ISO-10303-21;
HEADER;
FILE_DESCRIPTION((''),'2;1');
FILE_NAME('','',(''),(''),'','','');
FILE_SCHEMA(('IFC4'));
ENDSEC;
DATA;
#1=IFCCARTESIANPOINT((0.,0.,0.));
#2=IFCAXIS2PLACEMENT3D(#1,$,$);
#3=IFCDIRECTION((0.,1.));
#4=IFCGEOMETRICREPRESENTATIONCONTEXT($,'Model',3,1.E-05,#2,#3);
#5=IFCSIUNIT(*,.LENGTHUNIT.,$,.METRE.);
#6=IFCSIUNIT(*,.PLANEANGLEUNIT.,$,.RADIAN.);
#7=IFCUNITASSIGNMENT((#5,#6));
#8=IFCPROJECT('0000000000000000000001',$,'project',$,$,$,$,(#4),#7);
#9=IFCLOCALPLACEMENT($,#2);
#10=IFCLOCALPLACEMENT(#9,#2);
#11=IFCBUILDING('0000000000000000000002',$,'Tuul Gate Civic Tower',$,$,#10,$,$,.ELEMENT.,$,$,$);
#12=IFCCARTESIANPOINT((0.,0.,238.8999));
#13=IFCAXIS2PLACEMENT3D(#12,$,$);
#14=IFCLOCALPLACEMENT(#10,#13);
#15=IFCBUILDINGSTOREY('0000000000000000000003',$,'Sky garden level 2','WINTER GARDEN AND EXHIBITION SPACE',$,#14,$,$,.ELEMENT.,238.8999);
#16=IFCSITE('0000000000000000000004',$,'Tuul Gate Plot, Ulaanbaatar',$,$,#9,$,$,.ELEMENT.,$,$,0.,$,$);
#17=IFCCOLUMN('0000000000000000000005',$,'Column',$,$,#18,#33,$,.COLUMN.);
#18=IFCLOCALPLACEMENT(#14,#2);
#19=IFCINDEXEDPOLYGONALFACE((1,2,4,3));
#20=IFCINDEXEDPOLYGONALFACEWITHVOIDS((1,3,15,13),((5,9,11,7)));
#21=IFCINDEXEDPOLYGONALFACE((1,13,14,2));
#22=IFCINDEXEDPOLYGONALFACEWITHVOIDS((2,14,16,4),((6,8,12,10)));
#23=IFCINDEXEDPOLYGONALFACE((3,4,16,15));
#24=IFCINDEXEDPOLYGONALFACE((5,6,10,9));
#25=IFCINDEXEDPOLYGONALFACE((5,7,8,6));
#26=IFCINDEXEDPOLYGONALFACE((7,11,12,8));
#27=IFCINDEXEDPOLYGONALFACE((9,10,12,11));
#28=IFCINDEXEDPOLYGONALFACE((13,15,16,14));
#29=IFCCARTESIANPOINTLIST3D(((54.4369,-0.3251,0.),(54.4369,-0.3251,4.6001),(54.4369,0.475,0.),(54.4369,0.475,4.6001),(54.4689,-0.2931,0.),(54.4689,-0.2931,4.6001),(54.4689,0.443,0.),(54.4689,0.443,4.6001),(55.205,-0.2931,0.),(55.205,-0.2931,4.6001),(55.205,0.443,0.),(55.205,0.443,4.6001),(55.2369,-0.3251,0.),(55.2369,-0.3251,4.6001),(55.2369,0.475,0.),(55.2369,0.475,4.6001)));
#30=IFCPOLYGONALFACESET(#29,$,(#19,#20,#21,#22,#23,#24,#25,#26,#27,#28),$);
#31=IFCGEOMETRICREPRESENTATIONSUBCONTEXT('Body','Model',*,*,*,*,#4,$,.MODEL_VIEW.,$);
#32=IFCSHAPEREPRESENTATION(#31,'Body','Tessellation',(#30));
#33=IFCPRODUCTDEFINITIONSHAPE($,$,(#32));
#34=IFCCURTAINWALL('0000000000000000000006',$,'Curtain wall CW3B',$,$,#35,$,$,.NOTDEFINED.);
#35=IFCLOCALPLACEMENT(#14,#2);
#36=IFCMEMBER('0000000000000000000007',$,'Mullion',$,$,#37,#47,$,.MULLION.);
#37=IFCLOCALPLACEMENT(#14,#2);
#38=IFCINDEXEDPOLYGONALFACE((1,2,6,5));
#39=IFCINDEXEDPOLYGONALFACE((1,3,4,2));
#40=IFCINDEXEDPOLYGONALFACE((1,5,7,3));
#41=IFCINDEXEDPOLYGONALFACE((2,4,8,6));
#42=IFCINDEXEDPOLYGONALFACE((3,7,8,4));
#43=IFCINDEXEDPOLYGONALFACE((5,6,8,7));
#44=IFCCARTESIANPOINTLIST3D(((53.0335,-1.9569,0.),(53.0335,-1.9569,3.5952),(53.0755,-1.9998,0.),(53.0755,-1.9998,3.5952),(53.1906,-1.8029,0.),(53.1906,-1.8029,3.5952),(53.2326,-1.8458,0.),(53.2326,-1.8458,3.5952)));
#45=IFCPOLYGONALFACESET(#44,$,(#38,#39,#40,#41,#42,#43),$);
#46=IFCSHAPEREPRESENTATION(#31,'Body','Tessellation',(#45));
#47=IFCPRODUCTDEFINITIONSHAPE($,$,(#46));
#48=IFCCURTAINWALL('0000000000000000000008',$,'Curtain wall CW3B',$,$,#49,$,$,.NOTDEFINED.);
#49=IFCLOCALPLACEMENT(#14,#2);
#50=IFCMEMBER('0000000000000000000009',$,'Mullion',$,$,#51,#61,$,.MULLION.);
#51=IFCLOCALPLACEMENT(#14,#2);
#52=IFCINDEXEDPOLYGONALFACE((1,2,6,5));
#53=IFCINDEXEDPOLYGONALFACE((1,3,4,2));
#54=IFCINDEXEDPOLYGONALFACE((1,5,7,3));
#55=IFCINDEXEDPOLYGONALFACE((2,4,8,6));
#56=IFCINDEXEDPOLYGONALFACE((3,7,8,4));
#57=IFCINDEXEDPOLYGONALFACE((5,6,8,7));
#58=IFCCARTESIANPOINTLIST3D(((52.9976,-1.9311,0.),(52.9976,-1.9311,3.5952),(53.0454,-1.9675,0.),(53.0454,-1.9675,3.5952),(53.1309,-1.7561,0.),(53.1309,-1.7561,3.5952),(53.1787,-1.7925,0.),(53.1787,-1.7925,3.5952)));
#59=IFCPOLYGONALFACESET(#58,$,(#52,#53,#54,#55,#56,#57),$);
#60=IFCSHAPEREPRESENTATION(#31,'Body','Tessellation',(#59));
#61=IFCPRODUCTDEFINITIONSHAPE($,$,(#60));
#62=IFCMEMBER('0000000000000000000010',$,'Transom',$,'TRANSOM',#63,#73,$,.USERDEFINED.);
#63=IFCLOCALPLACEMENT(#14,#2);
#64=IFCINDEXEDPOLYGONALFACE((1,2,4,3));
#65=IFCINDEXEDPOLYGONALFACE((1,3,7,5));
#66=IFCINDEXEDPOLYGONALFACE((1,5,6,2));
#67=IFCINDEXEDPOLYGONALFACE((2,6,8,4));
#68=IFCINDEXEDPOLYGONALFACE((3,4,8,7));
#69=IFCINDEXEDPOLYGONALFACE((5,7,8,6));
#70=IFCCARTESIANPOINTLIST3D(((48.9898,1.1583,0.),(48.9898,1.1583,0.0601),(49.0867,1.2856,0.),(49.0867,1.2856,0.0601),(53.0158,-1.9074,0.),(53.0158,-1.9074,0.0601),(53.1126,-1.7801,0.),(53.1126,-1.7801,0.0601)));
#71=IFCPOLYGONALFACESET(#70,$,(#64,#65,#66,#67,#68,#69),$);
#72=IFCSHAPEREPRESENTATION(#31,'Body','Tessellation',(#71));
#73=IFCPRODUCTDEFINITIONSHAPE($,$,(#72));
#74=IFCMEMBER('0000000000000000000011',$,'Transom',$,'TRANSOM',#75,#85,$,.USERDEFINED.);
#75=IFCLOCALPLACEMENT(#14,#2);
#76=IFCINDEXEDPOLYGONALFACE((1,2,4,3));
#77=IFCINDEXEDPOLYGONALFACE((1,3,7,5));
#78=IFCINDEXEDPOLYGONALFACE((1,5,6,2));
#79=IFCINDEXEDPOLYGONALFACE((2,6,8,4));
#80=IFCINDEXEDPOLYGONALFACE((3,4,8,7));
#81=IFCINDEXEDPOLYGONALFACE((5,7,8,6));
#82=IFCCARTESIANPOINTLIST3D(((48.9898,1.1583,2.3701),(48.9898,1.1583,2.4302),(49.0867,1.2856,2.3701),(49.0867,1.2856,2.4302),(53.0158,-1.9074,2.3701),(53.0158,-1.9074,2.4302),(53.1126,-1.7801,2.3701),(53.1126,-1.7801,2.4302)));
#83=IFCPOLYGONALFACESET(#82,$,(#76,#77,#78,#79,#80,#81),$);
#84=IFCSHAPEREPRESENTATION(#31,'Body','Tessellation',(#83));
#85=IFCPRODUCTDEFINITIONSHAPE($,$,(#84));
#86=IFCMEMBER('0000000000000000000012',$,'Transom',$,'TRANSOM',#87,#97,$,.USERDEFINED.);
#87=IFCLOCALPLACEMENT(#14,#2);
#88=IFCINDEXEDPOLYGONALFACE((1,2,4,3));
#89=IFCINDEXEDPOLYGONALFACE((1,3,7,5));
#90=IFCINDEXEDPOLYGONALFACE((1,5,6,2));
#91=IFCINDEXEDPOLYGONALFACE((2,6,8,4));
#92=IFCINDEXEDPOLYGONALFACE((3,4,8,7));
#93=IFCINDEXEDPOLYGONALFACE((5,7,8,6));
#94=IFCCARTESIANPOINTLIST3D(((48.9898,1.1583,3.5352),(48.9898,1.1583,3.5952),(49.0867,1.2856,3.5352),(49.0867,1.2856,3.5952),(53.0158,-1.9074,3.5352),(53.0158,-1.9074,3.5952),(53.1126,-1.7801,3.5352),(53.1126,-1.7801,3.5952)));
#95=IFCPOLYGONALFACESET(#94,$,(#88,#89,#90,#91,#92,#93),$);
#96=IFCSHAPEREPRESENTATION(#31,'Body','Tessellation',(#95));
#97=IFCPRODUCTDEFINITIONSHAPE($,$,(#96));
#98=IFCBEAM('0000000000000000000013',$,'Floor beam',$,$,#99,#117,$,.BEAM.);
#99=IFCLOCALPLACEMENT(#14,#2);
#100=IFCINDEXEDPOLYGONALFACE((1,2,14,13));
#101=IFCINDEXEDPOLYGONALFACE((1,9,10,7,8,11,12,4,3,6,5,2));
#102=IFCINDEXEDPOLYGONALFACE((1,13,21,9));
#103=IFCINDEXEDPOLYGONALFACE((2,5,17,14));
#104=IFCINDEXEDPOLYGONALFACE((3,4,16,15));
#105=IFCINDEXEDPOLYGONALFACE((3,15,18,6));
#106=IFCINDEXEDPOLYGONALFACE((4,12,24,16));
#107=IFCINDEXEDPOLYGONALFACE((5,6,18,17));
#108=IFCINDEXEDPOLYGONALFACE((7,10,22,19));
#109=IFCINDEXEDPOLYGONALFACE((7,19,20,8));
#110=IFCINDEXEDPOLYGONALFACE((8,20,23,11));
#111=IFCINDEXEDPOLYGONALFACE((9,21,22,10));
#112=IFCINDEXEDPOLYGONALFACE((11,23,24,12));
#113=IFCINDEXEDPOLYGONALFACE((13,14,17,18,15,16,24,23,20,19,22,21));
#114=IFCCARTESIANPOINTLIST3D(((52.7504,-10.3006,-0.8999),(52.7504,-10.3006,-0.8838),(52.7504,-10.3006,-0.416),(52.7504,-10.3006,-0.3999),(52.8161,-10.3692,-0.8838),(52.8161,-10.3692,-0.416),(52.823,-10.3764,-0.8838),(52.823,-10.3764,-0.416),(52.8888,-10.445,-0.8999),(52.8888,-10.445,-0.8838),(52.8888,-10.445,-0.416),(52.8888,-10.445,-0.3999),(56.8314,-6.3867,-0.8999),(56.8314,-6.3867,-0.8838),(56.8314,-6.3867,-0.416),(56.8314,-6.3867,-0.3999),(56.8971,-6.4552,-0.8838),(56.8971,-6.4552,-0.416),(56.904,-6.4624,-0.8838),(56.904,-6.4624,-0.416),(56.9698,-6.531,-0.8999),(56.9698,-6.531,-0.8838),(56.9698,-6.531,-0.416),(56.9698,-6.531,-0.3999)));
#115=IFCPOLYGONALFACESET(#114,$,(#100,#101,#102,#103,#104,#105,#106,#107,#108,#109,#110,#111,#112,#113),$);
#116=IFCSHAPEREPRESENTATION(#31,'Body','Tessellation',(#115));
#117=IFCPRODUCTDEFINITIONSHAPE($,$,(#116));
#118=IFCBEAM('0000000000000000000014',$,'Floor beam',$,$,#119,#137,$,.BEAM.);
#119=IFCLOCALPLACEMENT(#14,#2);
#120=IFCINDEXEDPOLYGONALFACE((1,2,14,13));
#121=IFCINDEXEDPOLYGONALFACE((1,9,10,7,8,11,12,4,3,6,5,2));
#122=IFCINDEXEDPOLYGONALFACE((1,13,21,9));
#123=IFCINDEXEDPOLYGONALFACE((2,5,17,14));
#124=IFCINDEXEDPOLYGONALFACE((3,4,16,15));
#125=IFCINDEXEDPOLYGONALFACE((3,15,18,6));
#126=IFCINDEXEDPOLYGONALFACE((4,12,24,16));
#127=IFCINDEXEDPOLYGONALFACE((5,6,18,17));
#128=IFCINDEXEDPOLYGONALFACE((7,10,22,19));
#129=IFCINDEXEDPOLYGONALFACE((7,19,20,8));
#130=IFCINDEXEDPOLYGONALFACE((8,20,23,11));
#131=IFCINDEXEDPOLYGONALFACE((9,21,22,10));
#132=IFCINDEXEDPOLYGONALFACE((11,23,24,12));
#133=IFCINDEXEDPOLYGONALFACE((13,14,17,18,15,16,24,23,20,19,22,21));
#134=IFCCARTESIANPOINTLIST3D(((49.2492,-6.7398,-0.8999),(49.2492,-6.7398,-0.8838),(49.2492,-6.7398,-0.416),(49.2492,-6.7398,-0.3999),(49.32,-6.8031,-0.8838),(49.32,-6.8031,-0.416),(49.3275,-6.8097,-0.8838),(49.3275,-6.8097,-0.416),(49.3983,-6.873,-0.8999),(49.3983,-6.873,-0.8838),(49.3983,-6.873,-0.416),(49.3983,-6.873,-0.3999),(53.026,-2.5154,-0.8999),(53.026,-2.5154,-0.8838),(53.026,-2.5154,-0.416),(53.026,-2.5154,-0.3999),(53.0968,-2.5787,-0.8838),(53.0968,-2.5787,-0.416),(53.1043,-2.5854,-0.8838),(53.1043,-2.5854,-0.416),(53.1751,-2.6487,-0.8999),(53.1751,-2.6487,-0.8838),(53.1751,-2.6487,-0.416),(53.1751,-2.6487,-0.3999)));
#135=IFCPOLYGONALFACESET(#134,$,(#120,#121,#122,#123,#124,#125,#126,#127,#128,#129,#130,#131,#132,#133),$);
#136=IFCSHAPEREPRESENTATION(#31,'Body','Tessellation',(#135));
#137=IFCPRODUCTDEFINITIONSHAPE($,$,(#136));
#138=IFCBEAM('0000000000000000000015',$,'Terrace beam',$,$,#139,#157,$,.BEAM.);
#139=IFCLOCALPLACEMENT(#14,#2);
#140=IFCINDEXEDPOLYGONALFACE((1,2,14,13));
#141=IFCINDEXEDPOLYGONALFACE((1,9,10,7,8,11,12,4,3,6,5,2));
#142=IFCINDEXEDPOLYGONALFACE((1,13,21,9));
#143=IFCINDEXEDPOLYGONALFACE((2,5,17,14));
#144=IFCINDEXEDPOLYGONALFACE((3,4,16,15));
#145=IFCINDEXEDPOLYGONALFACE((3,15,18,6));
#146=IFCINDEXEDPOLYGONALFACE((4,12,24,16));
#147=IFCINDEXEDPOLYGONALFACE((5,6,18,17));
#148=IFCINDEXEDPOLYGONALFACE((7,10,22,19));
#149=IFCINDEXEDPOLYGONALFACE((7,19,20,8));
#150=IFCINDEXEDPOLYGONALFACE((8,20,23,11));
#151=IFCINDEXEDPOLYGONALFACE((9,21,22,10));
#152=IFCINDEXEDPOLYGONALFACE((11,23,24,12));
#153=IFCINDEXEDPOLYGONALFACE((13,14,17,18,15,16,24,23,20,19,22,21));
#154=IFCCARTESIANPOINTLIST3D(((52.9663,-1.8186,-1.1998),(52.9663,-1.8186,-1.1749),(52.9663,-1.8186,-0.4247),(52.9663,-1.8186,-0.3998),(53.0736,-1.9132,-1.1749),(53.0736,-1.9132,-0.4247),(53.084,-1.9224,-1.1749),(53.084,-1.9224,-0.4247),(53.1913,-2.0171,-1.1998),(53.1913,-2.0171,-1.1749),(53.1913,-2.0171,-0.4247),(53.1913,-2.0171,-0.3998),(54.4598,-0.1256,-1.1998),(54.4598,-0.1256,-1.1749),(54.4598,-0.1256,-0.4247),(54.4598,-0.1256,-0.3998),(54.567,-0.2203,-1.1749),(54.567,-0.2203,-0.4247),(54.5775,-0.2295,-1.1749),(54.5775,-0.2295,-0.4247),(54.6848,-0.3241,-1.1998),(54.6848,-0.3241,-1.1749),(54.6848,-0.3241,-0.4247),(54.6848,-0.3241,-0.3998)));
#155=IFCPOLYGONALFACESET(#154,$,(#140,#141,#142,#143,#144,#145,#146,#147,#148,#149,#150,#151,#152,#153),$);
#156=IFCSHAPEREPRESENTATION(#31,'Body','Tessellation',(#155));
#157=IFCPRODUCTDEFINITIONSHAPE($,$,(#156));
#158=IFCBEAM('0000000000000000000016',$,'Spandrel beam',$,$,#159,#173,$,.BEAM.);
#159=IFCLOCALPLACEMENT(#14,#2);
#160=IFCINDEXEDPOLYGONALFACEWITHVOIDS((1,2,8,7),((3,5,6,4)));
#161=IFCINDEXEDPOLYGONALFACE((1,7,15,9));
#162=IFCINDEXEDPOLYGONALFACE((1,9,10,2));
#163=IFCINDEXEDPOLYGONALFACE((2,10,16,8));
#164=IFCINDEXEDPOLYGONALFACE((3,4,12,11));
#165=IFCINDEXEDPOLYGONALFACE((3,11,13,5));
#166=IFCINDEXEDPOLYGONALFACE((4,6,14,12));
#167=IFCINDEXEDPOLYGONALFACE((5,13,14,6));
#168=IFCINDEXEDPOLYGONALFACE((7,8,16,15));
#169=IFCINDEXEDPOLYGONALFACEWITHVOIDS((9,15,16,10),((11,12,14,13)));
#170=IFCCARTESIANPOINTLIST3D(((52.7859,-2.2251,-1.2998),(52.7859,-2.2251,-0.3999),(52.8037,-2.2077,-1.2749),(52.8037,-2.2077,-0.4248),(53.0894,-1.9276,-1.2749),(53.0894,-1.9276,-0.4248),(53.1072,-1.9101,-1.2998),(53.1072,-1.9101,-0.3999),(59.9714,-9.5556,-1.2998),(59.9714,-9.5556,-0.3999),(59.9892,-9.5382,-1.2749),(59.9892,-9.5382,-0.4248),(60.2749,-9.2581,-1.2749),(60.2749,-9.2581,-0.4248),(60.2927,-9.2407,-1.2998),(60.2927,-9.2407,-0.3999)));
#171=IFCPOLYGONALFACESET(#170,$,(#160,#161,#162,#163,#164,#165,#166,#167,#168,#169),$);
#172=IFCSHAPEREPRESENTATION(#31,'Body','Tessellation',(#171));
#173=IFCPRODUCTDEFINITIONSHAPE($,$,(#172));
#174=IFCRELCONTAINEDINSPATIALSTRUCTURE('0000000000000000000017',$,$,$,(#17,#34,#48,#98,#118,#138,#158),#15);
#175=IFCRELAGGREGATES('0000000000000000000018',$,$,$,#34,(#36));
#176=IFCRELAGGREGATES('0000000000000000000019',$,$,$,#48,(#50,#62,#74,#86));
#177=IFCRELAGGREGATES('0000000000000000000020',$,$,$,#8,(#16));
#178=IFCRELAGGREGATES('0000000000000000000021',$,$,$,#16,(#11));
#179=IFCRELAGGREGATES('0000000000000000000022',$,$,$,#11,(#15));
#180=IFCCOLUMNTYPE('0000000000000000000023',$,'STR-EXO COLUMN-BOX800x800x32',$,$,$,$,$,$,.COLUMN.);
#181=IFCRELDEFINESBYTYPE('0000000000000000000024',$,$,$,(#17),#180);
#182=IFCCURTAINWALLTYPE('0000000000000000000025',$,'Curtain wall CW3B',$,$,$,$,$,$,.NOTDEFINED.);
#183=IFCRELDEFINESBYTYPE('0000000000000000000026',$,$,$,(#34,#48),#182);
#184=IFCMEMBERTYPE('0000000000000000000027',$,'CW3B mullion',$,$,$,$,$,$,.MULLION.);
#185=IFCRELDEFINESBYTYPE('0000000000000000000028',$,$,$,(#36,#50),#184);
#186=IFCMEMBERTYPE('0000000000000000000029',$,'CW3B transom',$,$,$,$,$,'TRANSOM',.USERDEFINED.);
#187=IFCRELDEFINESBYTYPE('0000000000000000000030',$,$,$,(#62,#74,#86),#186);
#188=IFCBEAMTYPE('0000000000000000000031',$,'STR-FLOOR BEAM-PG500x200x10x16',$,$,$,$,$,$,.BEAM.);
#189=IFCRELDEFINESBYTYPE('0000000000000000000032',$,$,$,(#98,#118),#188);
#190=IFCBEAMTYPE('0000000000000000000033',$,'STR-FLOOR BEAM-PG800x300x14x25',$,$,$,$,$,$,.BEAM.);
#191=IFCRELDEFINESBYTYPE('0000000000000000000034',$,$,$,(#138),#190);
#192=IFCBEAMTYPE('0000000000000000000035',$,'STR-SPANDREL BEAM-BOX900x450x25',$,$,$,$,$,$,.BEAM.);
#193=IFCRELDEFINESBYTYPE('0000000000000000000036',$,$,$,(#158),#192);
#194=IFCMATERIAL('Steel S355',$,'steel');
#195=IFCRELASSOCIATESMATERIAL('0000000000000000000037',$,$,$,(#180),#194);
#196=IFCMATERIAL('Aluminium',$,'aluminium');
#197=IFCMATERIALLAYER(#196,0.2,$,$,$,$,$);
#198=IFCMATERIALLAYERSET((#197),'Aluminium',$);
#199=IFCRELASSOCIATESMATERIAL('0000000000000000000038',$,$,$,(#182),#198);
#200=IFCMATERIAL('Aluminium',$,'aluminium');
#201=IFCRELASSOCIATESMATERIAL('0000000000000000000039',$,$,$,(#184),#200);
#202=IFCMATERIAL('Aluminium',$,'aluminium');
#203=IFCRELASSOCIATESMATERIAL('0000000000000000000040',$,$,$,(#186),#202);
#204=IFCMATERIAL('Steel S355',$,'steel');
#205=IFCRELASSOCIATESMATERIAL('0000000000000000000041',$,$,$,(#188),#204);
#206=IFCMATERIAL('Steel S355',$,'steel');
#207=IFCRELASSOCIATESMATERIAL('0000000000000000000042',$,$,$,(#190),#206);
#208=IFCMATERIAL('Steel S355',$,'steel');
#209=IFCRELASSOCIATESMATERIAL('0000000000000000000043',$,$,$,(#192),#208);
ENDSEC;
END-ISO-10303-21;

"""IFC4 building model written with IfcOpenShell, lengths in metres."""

from ifc_helpers import new_model, si_unit, direction, frame, origin, origin_2d, place, context, subcontext, project, spatial, rectangle, hollow_rectangle, i_section, extrude, material, layer, layer_set, material_profile, profile_set, type_object, element, aggregate, save


model = new_model("IFC4")

# Units and contexts
model_context = context("Model", 3, precision=1e-05, world=origin(), true_north=direction((0.0, 1.0)))
body_context = subcontext(model_context, "Body", "Model", "MODEL_VIEW")
ifc_project = project(units=[si_unit("LENGTHUNIT", "METRE"), si_unit("PLANEANGLEUNIT", "RADIAN")], contexts=[model_context])

# Site, building, storey
site_placement = place(None, origin())
site = spatial("IfcSite", under=ifc_project, at=site_placement, Name="Tuul Gate Plot, Ulaanbaatar", CompositionType="ELEMENT", RefElevation=0.0)
building_placement = place(site_placement, origin())
building = spatial("IfcBuilding", under=site, at=building_placement, Name="Tuul Gate Civic Tower", CompositionType="ELEMENT")
storey_placement = place(building_placement, frame((0.0, 0.0, 238.8999)))
storey = spatial("IfcBuildingStorey", under=building, at=storey_placement, Name="Sky garden level 2", Description="WINTER GARDEN AND EXHIBITION SPACE", CompositionType="ELEMENT", Elevation=238.8999)

# Column
ifc_material_1 = material(Name="Steel S355", Category="steel")
ifc_material_profile_1 = material_profile(ifc_material_1, hollow_rectangle(XDim=0.8, YDim=0.8, WallThickness=0.032, at=origin_2d()), Name="BOX800x800x32")
ifc_profile_set_1 = profile_set([ifc_material_profile_1], Name="Steel S355")
column_type = type_object("IfcColumnType", Name="STR-EXO COLUMN-BOX800x800x32", PredefinedType="COLUMN", material=ifc_profile_set_1)
column_placement = place(storey_placement, frame((54.8369, 0.075, 0.0), z_axis=(0.0, 0.0, 1.0), x_axis=(1.0, 0.0, 0.0)))
element("IfcColumn", 1, at=column_placement, inside=storey, type_object=column_type, Name="Column", PredefinedType="COLUMN", context=body_context, shape_type="SweptSolid", body=[
    extrude(hollow_rectangle(XDim=0.8, YDim=0.8, WallThickness=0.032, at=origin_2d()), origin(), (0.0, 0.0, 1.0), 4.6001),
])

# Curtain wall, member
ifc_material_2 = material(Name="Aluminium", Category="aluminium")
ifc_layer_1 = layer(ifc_material_2, 0.2)
ifc_layer_set_1 = layer_set([ifc_layer_1], Name="Aluminium")
curtain_wall_type = type_object("IfcCurtainWallType", Name="Curtain wall CW3B", PredefinedType="NOTDEFINED", material=ifc_layer_set_1)
curtain_wall_1_placement = place(storey_placement, origin())
curtain_wall_1 = element("IfcCurtainWall", 2, at=curtain_wall_1_placement, inside=storey, type_object=curtain_wall_type, Name="Curtain wall CW3B", PredefinedType="NOTDEFINED")
ifc_material_3 = material(Name="Aluminium", Category="aluminium")
ifc_material_profile_2 = material_profile(ifc_material_3, rectangle(XDim=0.22, YDim=0.0601, at=origin_2d()), Name="CW3B mullion")
ifc_profile_set_2 = profile_set([ifc_material_profile_2], Name="Aluminium")
member_type_1 = type_object("IfcMemberType", Name="CW3B mullion", PredefinedType="MULLION", material=ifc_profile_set_2)
member_1_placement = place(storey_placement, frame((53.1331, -1.9014, 0.0), z_axis=(0.0, 0.0, 1.0), x_axis=(-0.71411, -0.700034, 0.0)))
member_1 = element("IfcMember", 3, at=member_1_placement, type_object=member_type_1, Name="Mullion", PredefinedType="MULLION", context=body_context, shape_type="SweptSolid", body=[
    extrude(rectangle(XDim=0.22, YDim=0.0601, at=origin_2d()), origin(), (0.0, 0.0, 1.0), 3.5952),
])
aggregate(curtain_wall_1, [member_1])

# Curtain wall, members
curtain_wall_2_placement = place(storey_placement, origin())
curtain_wall_2 = element("IfcCurtainWall", 4, at=curtain_wall_2_placement, inside=storey, type_object=curtain_wall_type, Name="Curtain wall CW3B", PredefinedType="NOTDEFINED")
member_2_placement = place(storey_placement, frame((53.0881, -1.8618, 0.0), z_axis=(0.0, 0.0, 1.0), x_axis=(-0.605809, -0.79561, 0.0)))
member_2 = element("IfcMember", 5, at=member_2_placement, type_object=member_type_1, Name="Mullion", PredefinedType="MULLION", context=body_context, shape_type="SweptSolid", body=[
    extrude(rectangle(XDim=0.22, YDim=0.0601, at=origin_2d()), origin(), (0.0, 0.0, 1.0), 3.5952),
])
ifc_material_4 = material(Name="Aluminium", Category="aluminium")
ifc_material_profile_3 = material_profile(ifc_material_4, rectangle(XDim=0.1599, YDim=0.0601, at=origin_2d()), Name="CW3B transom")
ifc_profile_set_3 = profile_set([ifc_material_profile_3], Name="Aluminium")
member_type_2 = type_object("IfcMemberType", Name="CW3B transom", ElementType="TRANSOM", PredefinedType="USERDEFINED", material=ifc_profile_set_3)
member_3_placement = place(storey_placement, frame((53.0642, -1.8438, 0.03), z_axis=(-0.79559, 0.605835, 0.0), x_axis=(-0.605835, -0.79559, 0.0)))
member_3 = element("IfcMember", 6, at=member_3_placement, type_object=member_type_2, Name="Transom", ObjectType="TRANSOM", PredefinedType="USERDEFINED", context=body_context, shape_type="SweptSolid", body=[
    extrude(rectangle(XDim=0.1599, YDim=0.0601, at=origin_2d()), origin(), (0.0, 0.0, 1.0), 5.0603),
])
member_4_placement = place(storey_placement, frame((53.0642, -1.8438, 2.4001), z_axis=(-0.79559, 0.605835, 0.0), x_axis=(-0.605835, -0.79559, 0.0)))
member_4 = element("IfcMember", 7, at=member_4_placement, type_object=member_type_2, Name="Transom", ObjectType="TRANSOM", PredefinedType="USERDEFINED", context=body_context, shape_type="SweptSolid", body=[
    extrude(rectangle(XDim=0.1599, YDim=0.0601, at=origin_2d()), origin(), (0.0, 0.0, 1.0), 5.0603),
])
member_5_placement = place(storey_placement, frame((53.0642, -1.8438, 3.5652), z_axis=(-0.79559, 0.605835, 0.0), x_axis=(-0.605835, -0.79559, 0.0)))
member_5 = element("IfcMember", 8, at=member_5_placement, type_object=member_type_2, Name="Transom", ObjectType="TRANSOM", PredefinedType="USERDEFINED", context=body_context, shape_type="SweptSolid", body=[
    extrude(rectangle(XDim=0.1599, YDim=0.0601, at=origin_2d()), origin(), (0.0, 0.0, 1.0), 5.0603),
])

# Beams
ifc_material_5 = material(Name="Steel S355", Category="steel")
ifc_material_profile_4 = material_profile(ifc_material_5, i_section(OverallWidth=0.2, OverallDepth=0.5, WebThickness=0.01, FlangeThickness=0.0161, at=origin_2d()), Name="PG500x200x10x16")
ifc_profile_set_4 = profile_set([ifc_material_profile_4], Name="Steel S355")
beam_type_1 = type_object("IfcBeamType", Name="STR-FLOOR BEAM-PG500x200x10x16", PredefinedType="BEAM", material=ifc_profile_set_4)
beam_1_placement = place(storey_placement, frame((52.8196, -10.3728, -0.6499), z_axis=(0.721719, 0.692187, 0.0), x_axis=(-0.692187, 0.721719, 0.0)))
element("IfcBeam", 9, at=beam_1_placement, inside=storey, type_object=beam_type_1, Name="Floor beam", PredefinedType="BEAM", context=body_context, shape_type="SweptSolid", body=[
    extrude(i_section(OverallWidth=0.2, OverallDepth=0.5, WebThickness=0.01, FlangeThickness=0.0161, at=origin_2d()), origin(), (0.0, 0.0, 1.0), 5.6545),
])
beam_2_placement = place(storey_placement, frame((49.3237, -6.8064, -0.6499), z_axis=(0.666516, 0.74549, 0.0), x_axis=(-0.74549, 0.666516, 0.0)))
element("IfcBeam", 10, at=beam_2_placement, inside=storey, type_object=beam_type_1, Name="Floor beam", PredefinedType="BEAM", context=body_context, shape_type="SweptSolid", body=[
    extrude(i_section(OverallWidth=0.2, OverallDepth=0.5, WebThickness=0.01, FlangeThickness=0.0161, at=origin_2d()), origin(), (0.0, 0.0, 1.0), 5.6665),
])
ifc_material_6 = material(Name="Steel S355", Category="steel")
ifc_material_profile_5 = material_profile(ifc_material_6, i_section(OverallWidth=0.3, OverallDepth=0.8, WebThickness=0.0139, FlangeThickness=0.0249, at=origin_2d()), Name="PG800x300x14x25")
ifc_profile_set_5 = profile_set([ifc_material_profile_5], Name="Steel S355")
beam_type_2 = type_object("IfcBeamType", Name="STR-FLOOR BEAM-PG800x300x14x25", PredefinedType="BEAM", material=ifc_profile_set_5)
beam_3_placement = place(storey_placement, frame((54.5723, -0.2249, -0.7998), z_axis=(-0.661547, -0.749904, 0.0), x_axis=(0.749904, -0.661547, 0.0)))
element("IfcBeam", 11, at=beam_3_placement, inside=storey, type_object=beam_type_2, Name="Terrace beam", PredefinedType="BEAM", context=body_context, shape_type="SweptSolid", body=[
    extrude(i_section(OverallWidth=0.3, OverallDepth=0.8, WebThickness=0.0139, FlangeThickness=0.0249, at=origin_2d()), origin(), (0.0, 0.0, 1.0), 2.2576),
])
ifc_material_7 = material(Name="Steel S355", Category="steel")
ifc_material_profile_6 = material_profile(ifc_material_7, hollow_rectangle(XDim=0.45, YDim=0.8999, WallThickness=0.0249, at=origin_2d()), Name="BOX900x450x25")
ifc_profile_set_6 = profile_set([ifc_material_profile_6], Name="Steel S355")
beam_type_3 = type_object("IfcBeamType", Name="STR-SPANDREL BEAM-BOX900x450x25", PredefinedType="BEAM", material=ifc_profile_set_6)
beam_4_placement = place(storey_placement, frame((52.9465, -2.0676, -0.8499), z_axis=(0.700008, -0.714135, 0.0), x_axis=(0.714135, 0.700008, 0.0)))
element("IfcBeam", 12, at=beam_4_placement, inside=storey, type_object=beam_type_3, Name="Spandrel beam", PredefinedType="BEAM", context=body_context, shape_type="SweptSolid", body=[
    extrude(hollow_rectangle(XDim=0.45, YDim=0.8999, WallThickness=0.0249, at=origin_2d()), origin(), (0.0, 0.0, 1.0), 10.2649),
])

aggregate(curtain_wall_2, [member_2, member_3, member_4, member_5])

save(model, "model.ifc")
